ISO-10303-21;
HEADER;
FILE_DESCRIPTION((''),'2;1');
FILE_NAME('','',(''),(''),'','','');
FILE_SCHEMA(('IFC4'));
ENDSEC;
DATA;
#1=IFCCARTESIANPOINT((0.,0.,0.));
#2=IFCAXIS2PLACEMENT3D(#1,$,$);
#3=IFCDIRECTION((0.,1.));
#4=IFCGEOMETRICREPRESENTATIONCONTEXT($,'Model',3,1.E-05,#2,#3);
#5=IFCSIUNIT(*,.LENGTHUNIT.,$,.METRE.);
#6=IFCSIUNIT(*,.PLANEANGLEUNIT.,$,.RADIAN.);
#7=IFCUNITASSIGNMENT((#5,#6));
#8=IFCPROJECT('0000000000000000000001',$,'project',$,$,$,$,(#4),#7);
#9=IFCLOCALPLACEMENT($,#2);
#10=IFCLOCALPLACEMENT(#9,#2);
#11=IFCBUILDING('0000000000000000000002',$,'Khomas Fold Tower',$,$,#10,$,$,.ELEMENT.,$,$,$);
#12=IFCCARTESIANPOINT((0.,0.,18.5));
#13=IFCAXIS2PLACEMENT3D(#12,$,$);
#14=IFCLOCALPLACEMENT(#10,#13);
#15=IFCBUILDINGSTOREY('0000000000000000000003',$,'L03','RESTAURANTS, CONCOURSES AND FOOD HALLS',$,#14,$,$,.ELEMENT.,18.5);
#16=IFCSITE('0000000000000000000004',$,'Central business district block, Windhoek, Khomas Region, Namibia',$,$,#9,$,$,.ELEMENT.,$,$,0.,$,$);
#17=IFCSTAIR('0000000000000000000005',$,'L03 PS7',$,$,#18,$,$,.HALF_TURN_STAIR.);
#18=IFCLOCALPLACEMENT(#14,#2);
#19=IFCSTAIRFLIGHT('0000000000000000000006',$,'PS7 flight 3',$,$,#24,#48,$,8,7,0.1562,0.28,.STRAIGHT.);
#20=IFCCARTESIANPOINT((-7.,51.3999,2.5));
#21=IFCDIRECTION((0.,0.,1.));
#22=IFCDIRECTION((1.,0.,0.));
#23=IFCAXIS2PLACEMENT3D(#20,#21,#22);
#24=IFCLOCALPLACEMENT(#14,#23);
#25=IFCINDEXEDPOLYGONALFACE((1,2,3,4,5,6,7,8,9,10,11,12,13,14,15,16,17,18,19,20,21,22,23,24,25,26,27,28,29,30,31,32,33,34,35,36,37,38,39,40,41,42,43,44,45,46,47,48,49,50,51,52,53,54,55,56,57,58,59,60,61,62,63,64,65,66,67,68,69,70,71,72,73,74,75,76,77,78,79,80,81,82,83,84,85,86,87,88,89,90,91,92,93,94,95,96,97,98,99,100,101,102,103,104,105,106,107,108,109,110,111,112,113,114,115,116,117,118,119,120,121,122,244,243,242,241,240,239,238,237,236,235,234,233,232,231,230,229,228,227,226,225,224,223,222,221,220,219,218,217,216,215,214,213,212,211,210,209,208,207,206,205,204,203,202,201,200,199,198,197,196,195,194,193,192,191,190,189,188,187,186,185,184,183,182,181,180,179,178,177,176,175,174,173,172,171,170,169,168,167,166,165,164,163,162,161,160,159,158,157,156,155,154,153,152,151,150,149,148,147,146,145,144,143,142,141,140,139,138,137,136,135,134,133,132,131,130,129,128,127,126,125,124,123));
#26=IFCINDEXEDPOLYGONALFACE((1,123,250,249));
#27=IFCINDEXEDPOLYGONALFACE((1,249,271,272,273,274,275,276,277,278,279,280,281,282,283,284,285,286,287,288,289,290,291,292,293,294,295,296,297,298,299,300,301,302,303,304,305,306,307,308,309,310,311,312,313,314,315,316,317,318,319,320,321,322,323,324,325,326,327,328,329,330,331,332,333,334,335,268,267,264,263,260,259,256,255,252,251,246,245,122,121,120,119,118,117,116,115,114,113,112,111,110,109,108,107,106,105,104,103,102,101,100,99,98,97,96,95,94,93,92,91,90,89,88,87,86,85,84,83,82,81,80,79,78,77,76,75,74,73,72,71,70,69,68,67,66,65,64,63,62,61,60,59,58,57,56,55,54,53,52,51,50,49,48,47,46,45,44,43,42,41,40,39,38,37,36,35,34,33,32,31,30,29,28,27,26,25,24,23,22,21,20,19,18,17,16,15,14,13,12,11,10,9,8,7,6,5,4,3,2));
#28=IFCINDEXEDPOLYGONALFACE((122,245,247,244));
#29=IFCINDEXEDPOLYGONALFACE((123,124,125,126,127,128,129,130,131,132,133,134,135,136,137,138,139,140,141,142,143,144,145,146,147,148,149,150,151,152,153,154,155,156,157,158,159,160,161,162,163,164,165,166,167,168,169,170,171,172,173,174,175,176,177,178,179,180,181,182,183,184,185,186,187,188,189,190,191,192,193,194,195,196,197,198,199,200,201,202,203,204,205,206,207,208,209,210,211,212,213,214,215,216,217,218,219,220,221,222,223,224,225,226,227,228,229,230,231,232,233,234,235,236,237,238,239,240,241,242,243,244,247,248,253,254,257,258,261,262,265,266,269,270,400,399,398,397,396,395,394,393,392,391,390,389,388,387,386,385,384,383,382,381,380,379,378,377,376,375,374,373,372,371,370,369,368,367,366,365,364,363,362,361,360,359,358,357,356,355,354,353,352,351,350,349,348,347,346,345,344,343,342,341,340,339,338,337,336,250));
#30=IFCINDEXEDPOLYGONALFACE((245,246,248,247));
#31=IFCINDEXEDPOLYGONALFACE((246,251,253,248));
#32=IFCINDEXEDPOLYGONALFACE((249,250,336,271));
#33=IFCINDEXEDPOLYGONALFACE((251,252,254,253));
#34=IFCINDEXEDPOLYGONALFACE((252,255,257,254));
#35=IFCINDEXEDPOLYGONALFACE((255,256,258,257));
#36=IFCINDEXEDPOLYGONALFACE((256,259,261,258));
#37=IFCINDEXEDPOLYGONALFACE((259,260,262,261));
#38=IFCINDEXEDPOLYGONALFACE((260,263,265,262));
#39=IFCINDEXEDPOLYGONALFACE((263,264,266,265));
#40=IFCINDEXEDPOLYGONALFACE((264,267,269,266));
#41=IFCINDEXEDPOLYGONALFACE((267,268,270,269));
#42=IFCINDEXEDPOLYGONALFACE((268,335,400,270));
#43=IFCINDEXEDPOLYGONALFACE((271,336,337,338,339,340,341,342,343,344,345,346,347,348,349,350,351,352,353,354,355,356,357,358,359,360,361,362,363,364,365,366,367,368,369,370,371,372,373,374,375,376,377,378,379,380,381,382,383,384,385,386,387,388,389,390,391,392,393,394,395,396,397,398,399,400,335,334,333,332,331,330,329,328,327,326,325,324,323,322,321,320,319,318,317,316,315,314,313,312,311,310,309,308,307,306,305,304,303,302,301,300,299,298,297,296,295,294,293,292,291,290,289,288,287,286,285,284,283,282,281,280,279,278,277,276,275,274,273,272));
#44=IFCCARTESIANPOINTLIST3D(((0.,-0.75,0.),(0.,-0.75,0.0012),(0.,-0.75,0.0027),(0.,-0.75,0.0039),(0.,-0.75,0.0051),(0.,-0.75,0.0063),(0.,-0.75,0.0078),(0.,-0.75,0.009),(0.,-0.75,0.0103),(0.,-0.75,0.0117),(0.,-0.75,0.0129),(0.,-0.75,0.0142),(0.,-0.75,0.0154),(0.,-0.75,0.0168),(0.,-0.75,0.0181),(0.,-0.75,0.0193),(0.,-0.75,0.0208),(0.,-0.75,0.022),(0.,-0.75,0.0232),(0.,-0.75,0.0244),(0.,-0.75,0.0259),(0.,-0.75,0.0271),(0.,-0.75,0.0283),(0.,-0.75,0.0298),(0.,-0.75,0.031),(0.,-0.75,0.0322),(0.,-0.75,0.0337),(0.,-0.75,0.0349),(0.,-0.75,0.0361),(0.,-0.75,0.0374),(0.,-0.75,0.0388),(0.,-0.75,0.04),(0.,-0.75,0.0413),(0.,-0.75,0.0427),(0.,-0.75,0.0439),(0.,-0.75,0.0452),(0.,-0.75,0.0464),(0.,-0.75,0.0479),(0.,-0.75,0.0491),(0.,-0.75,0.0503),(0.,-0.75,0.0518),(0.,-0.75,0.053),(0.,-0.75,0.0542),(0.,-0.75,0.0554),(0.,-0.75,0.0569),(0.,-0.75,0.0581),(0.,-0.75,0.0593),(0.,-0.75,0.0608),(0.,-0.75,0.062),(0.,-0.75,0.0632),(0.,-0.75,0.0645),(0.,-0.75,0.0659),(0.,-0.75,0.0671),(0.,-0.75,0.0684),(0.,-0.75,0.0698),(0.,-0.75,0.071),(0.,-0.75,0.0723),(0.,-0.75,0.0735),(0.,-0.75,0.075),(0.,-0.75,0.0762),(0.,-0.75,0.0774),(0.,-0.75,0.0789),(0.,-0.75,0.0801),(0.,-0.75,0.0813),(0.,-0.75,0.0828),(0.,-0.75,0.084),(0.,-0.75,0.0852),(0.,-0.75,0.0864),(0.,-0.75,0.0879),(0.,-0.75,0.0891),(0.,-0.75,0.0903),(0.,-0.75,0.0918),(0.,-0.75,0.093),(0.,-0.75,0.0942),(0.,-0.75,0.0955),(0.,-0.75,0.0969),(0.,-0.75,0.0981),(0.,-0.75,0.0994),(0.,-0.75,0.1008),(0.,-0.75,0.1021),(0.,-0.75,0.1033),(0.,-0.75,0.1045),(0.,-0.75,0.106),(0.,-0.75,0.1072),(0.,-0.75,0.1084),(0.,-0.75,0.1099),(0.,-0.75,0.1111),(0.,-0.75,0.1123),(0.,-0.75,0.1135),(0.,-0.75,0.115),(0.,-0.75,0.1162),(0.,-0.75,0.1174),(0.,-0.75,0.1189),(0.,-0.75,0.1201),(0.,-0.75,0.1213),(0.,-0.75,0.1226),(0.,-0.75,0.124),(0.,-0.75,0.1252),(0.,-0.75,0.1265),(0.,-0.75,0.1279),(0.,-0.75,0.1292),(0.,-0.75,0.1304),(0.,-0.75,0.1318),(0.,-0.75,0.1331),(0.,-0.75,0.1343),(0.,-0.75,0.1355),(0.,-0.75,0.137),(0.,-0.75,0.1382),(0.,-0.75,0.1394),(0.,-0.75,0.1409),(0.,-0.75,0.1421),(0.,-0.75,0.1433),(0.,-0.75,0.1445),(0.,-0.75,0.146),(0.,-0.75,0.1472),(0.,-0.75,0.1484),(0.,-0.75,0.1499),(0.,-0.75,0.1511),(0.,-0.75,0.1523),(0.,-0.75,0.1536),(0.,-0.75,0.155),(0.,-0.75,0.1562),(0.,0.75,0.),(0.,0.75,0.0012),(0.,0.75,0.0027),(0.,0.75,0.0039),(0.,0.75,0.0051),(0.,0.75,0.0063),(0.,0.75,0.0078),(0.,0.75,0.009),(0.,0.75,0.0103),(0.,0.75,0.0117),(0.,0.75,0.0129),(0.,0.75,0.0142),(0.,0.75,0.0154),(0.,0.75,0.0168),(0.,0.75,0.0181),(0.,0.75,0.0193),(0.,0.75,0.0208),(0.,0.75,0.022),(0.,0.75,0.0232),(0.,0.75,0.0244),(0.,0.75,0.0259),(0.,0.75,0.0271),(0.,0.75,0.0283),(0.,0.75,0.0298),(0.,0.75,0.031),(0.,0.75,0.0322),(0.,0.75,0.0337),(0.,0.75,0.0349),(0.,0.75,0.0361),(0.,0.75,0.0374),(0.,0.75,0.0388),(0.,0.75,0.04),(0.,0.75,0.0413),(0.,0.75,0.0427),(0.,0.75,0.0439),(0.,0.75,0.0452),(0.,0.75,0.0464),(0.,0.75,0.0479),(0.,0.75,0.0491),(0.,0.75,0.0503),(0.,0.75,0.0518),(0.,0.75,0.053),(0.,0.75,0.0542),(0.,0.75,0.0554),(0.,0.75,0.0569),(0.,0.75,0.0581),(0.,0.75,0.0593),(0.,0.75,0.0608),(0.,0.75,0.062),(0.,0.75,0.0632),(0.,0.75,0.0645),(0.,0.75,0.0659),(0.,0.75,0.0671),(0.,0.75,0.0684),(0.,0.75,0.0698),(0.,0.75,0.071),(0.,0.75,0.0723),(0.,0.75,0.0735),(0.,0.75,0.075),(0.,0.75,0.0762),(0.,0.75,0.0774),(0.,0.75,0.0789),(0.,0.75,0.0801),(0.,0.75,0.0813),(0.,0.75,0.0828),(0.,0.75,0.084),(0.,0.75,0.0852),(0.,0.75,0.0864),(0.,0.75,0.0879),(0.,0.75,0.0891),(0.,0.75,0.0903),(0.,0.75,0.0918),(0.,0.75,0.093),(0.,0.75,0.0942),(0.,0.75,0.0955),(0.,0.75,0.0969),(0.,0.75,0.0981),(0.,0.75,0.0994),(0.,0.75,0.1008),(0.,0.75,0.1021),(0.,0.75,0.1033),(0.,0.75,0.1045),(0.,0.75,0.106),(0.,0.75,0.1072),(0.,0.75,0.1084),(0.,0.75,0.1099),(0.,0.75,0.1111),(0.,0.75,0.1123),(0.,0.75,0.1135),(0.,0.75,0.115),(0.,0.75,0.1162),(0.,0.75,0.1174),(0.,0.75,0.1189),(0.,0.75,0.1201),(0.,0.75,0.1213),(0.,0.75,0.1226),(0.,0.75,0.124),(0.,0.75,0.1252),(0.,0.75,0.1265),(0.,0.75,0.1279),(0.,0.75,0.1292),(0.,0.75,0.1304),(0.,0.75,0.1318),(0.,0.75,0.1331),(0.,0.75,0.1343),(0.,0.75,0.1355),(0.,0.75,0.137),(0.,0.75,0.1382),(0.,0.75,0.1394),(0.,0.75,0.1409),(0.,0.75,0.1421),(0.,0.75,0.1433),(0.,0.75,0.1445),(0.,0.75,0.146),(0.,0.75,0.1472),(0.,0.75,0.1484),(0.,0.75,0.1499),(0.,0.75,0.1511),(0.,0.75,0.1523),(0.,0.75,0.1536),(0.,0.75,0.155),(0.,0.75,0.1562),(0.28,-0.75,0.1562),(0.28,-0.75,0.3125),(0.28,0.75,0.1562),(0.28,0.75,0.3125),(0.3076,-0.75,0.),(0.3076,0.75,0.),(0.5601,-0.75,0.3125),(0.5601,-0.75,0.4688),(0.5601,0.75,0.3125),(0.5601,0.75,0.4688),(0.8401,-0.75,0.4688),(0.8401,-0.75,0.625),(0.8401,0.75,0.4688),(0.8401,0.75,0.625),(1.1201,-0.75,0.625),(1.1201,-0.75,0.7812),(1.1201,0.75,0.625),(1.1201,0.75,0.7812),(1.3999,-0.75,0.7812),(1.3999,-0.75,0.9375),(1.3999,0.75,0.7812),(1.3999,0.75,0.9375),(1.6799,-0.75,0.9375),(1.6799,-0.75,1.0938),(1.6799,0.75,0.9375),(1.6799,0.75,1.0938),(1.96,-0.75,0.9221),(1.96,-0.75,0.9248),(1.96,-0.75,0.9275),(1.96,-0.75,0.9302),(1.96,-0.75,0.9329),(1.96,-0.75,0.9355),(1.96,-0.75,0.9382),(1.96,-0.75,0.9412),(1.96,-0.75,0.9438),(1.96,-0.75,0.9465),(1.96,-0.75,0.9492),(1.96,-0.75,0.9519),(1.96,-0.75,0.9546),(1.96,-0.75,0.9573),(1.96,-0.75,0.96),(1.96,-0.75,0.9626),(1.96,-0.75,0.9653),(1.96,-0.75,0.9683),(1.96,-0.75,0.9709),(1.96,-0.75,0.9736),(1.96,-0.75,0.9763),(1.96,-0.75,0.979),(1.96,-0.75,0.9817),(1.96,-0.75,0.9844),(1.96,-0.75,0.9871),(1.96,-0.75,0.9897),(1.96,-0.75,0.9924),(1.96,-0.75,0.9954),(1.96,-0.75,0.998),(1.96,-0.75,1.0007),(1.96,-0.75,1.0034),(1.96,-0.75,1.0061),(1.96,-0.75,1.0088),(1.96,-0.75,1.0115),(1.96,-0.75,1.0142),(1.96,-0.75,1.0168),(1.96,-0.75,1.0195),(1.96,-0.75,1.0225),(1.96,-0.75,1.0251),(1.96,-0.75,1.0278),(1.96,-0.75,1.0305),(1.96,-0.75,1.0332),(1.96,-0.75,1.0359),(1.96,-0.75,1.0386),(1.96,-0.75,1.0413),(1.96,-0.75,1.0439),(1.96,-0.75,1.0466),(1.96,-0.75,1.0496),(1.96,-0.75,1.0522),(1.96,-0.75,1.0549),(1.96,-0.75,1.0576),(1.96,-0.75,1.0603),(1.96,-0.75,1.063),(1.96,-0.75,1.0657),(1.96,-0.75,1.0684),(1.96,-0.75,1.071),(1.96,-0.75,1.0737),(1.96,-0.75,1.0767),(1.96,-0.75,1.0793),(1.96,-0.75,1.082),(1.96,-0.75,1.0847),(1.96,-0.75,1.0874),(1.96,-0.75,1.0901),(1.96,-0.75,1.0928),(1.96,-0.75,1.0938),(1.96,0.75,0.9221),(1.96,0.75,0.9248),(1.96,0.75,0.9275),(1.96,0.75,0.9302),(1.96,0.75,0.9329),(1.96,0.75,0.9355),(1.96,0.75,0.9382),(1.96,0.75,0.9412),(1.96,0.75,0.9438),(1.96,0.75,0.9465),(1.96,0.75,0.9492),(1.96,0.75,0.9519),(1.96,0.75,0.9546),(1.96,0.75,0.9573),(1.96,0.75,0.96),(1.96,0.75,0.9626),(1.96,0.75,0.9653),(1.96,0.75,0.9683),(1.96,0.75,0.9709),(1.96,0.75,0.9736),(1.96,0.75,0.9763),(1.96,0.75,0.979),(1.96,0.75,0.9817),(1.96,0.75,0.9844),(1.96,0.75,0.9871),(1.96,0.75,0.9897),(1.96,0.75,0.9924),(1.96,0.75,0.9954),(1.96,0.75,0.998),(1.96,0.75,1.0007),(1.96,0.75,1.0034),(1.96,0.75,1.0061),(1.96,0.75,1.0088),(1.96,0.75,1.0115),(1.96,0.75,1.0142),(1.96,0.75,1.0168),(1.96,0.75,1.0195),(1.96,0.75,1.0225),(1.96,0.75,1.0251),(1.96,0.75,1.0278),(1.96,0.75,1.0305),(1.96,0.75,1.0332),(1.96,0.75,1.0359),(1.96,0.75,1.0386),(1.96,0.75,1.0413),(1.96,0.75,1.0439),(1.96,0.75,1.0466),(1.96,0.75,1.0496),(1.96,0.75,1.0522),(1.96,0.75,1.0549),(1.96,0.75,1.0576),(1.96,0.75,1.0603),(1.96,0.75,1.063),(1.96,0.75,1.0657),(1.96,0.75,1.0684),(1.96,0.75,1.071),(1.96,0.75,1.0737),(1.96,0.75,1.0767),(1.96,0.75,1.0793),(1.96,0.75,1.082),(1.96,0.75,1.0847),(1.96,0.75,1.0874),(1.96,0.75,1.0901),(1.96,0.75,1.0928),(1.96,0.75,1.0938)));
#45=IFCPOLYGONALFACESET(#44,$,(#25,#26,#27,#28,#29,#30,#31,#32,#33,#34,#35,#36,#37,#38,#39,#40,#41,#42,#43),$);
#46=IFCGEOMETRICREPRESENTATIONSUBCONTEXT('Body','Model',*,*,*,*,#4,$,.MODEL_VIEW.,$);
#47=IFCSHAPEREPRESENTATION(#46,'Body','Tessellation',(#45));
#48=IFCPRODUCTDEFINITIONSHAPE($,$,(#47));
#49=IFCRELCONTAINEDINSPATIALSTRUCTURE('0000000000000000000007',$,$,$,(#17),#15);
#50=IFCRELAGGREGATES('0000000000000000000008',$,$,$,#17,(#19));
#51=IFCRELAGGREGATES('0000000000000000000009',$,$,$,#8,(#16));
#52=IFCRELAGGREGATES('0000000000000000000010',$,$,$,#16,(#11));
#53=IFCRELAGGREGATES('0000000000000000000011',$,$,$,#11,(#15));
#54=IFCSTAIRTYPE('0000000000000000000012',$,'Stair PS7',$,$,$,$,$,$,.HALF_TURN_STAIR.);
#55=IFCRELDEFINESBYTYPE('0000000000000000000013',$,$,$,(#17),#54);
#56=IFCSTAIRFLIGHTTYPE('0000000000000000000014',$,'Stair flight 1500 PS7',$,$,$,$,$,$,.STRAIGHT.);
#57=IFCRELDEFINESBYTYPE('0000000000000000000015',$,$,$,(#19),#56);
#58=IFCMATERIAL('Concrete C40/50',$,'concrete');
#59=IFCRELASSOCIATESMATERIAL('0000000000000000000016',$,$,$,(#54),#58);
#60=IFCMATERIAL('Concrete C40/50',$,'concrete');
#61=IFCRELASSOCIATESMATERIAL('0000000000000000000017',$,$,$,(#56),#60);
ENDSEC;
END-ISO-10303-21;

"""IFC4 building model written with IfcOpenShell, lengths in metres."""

from ifc_helpers import new_model, si_unit, direction, frame, origin, place, context, subcontext, project, spatial, polyline, outline, extrude, source, transform, mapped, material, type_object, element, aggregate, save


model = new_model("IFC4")

# Units and contexts
model_context = context("Model", 3, precision=1e-05, world=origin(), true_north=direction((0.0, 1.0)))
body_context = subcontext(model_context, "Body", "Model", "MODEL_VIEW")
ifc_project = project(units=[si_unit("LENGTHUNIT", "METRE"), si_unit("PLANEANGLEUNIT", "RADIAN")], contexts=[model_context])

# Site, building, storey
site_placement = place(None, origin())
site = spatial("IfcSite", under=ifc_project, at=site_placement, Name="Central business district block, Windhoek, Khomas Region, Namibia", CompositionType="ELEMENT", RefElevation=0.0)
building_placement = place(site_placement, origin())
building = spatial("IfcBuilding", under=site, at=building_placement, Name="Khomas Fold Tower", CompositionType="ELEMENT")
storey_placement = place(building_placement, frame((0.0, 0.0, 18.5)))
storey = spatial("IfcBuildingStorey", under=building, at=storey_placement, Name="L03", Description="RESTAURANTS, CONCOURSES AND FOOD HALLS", CompositionType="ELEMENT", Elevation=18.5)

# Stair, stair flight
ifc_material_1 = material(Name="Concrete C40/50", Category="concrete")
stair_type = type_object("IfcStairType", Name="Stair PS7", PredefinedType="HALF_TURN_STAIR", material=ifc_material_1)
stair_placement = place(storey_placement, origin())
stair = element("IfcStair", 1, at=stair_placement, inside=storey, type_object=stair_type, Name="L03 PS7", PredefinedType="HALF_TURN_STAIR")
ifc_material_2 = material(Name="Concrete C40/50", Category="concrete")
stair_flight_type = type_object("IfcStairFlightType", Name="Stair flight 1500 PS7", PredefinedType="STRAIGHT", material=ifc_material_2)
shared_shape_1 = source(origin(), body_context, "Body", "SweptSolid", [
    extrude(outline(polyline([(0.0, 0.0), (0.0, 0.0012), (0.0, 0.0027), (0.0, 0.0039), (0.0, 0.0051), (0.0, 0.0063), (0.0, 0.0078), (0.0, 0.009), (0.0, 0.0103), (0.0, 0.0117), (0.0, 0.0129), (0.0, 0.0142), (0.0, 0.0154), (0.0, 0.0168), (0.0, 0.0181), (0.0, 0.0193), (0.0, 0.0208), (0.0, 0.022), (0.0, 0.0232), (0.0, 0.0244), (0.0, 0.0259), (0.0, 0.0271), (0.0, 0.0283), (0.0, 0.0298), (0.0, 0.031), (0.0, 0.0322), (0.0, 0.0337), (0.0, 0.0349), (0.0, 0.0361), (0.0, 0.0374), (0.0, 0.0388), (0.0, 0.04), (0.0, 0.0413), (0.0, 0.0427), (0.0, 0.0439), (0.0, 0.0452), (0.0, 0.0464), (0.0, 0.0479), (0.0, 0.0491), (0.0, 0.0503), (0.0, 0.0518), (0.0, 0.053), (0.0, 0.0542), (0.0, 0.0554), (0.0, 0.0569), (0.0, 0.0581), (0.0, 0.0593), (0.0, 0.0608), (0.0, 0.062), (0.0, 0.0632), (0.0, 0.0645), (0.0, 0.0659), (0.0, 0.0671), (0.0, 0.0684), (0.0, 0.0698), (0.0, 0.071), (0.0, 0.0723), (0.0, 0.0735), (0.0, 0.075), (0.0, 0.0762), (0.0, 0.0774), (0.0, 0.0789), (0.0, 0.0801), (0.0, 0.0813), (0.0, 0.0828), (0.0, 0.084), (0.0, 0.0852), (0.0, 0.0864), (0.0, 0.0879), (0.0, 0.0891), (0.0, 0.0903), (0.0, 0.0918), (0.0, 0.093), (0.0, 0.0942), (0.0, 0.0955), (0.0, 0.0969), (0.0, 0.0981), (0.0, 0.0994), (0.0, 0.1008), (0.0, 0.1021), (0.0, 0.1033), (0.0, 0.1045), (0.0, 0.106), (0.0, 0.1072), (0.0, 0.1084), (0.0, 0.1099), (0.0, 0.1111), (0.0, 0.1123), (0.0, 0.1135), (0.0, 0.115), (0.0, 0.1162), (0.0, 0.1174), (0.0, 0.1189), (0.0, 0.1201), (0.0, 0.1213), (0.0, 0.1226), (0.0, 0.124), (0.0, 0.1252), (0.0, 0.1265), (0.0, 0.1279), (0.0, 0.1292), (0.0, 0.1304), (0.0, 0.1318), (0.0, 0.1331), (0.0, 0.1343), (0.0, 0.1355), (0.0, 0.137), (0.0, 0.1382), (0.0, 0.1394), (0.0, 0.1409), (0.0, 0.1421), (0.0, 0.1433), (0.0, 0.1445), (0.0, 0.146), (0.0, 0.1472), (0.0, 0.1484), (0.0, 0.1499), (0.0, 0.1511), (0.0, 0.1523), (0.0, 0.1536), (0.0, 0.155), (0.0, 0.1562), (0.28, 0.1562), (0.28, 0.3125), (0.5601, 0.3125), (0.5601, 0.4688), (0.8401, 0.4688), (0.8401, 0.625), (1.1201, 0.625), (1.1201, 0.7812), (1.3999, 0.7812), (1.3999, 0.9375), (1.6799, 0.9375), (1.6799, 1.0938), (1.96, 1.0938), (1.96, 1.25), (1.96, 1.2473), (1.96, 1.2446), (1.96, 1.2419), (1.96, 1.2393), (1.96, 1.2363), (1.96, 1.2336), (1.96, 1.231), (1.96, 1.2283), (1.96, 1.2256), (1.96, 1.2229), (1.96, 1.2202), (1.96, 1.2175), (1.96, 1.2148), (1.96, 1.2122), (1.96, 1.2092), (1.96, 1.2065), (1.96, 1.2039), (1.96, 1.2012), (1.96, 1.1985), (1.96, 1.1958), (1.96, 1.1931), (1.96, 1.1904), (1.96, 1.1877), (1.96, 1.1851), (1.96, 1.1821), (1.96, 1.1794), (1.96, 1.1768), (1.96, 1.1741), (1.96, 1.1714), (1.96, 1.1687), (1.96, 1.166), (1.96, 1.1633), (1.96, 1.1606), (1.96, 1.158), (1.96, 1.155), (1.96, 1.1523), (1.96, 1.1497), (1.96, 1.147), (1.96, 1.1443), (1.96, 1.1416), (1.96, 1.1389), (1.96, 1.1362), (1.96, 1.1335), (1.96, 1.1309), (1.96, 1.1279), (1.96, 1.1252), (1.96, 1.1226), (1.96, 1.1199), (1.96, 1.1172), (1.96, 1.1145), (1.96, 1.1118), (1.96, 1.1091), (1.96, 1.1064), (1.96, 1.1038), (1.96, 1.1008), (1.96, 1.0981), (1.96, 1.0955), (1.96, 1.0928), (1.96, 1.0901), (1.96, 1.0874), (1.96, 1.0847), (1.96, 1.082), (1.96, 1.0793), (1.96, 1.0767), (1.96, 1.0737), (1.96, 1.071), (1.96, 1.0684), (1.96, 1.0657), (1.96, 1.063), (1.96, 1.0603), (1.96, 1.0576), (1.96, 1.0549), (1.96, 1.0522), (1.96, 1.0496), (1.96, 1.0466), (1.96, 1.0439), (1.96, 1.0413), (1.96, 1.0386), (1.96, 1.0359), (1.96, 1.0332), (1.96, 1.0305), (1.96, 1.0278), (1.96, 1.0251), (1.96, 1.0225), (1.96, 1.0195), (1.96, 1.0168), (1.96, 1.0142), (1.96, 1.0115), (1.96, 1.0088), (1.96, 1.0061), (1.96, 1.0034), (1.96, 1.0007), (1.96, 0.998), (1.96, 0.9954), (1.96, 0.9924), (1.96, 0.9897), (1.96, 0.9871), (1.96, 0.9844), (1.96, 0.9817), (1.96, 0.979), (1.96, 0.9763), (1.96, 0.9736), (1.96, 0.9709), (1.96, 0.9683), (1.96, 0.9653), (1.96, 0.9626), (1.96, 0.96), (1.96, 0.9573), (1.96, 0.9546), (1.96, 0.9519), (1.96, 0.9492), (1.96, 0.9465), (1.96, 0.9438), (1.96, 0.9412), (1.96, 0.9382), (1.96, 0.9355), (1.96, 0.9329), (1.96, 0.9302), (1.96, 0.9275), (1.96, 0.9248), (1.96, 0.9221), (0.3076, 0.0), (0.0, 0.0)])), frame((0.0, 0.75, 0.0), z_axis=(0.0, -1.0, 0.0), x_axis=(1.0, 0.0, 0.0)), (0.0, 0.0, 1.0), 1.5),
])
stair_flight_1_placement = place(storey_placement, frame((-7.0, 51.3999, 2.5), z_axis=(0.0, 0.0, 1.0), x_axis=(1.0, 0.0, 0.0)))
stair_flight_1 = element("IfcStairFlight", 2, at=stair_flight_1_placement, type_object=stair_flight_type, Name="PS7 flight 3", NumberOfRisers=8, NumberOfTreads=7, PredefinedType="STRAIGHT", RiserHeight=0.1562, TreadLength=0.28, context=body_context, shape_type="MappedRepresentation", body=[
    mapped(shared_shape_1, transform((0.0, 0.0, 0.0))),
])
aggregate(stair, [stair_flight_1])

save(model, "model.ifc")
